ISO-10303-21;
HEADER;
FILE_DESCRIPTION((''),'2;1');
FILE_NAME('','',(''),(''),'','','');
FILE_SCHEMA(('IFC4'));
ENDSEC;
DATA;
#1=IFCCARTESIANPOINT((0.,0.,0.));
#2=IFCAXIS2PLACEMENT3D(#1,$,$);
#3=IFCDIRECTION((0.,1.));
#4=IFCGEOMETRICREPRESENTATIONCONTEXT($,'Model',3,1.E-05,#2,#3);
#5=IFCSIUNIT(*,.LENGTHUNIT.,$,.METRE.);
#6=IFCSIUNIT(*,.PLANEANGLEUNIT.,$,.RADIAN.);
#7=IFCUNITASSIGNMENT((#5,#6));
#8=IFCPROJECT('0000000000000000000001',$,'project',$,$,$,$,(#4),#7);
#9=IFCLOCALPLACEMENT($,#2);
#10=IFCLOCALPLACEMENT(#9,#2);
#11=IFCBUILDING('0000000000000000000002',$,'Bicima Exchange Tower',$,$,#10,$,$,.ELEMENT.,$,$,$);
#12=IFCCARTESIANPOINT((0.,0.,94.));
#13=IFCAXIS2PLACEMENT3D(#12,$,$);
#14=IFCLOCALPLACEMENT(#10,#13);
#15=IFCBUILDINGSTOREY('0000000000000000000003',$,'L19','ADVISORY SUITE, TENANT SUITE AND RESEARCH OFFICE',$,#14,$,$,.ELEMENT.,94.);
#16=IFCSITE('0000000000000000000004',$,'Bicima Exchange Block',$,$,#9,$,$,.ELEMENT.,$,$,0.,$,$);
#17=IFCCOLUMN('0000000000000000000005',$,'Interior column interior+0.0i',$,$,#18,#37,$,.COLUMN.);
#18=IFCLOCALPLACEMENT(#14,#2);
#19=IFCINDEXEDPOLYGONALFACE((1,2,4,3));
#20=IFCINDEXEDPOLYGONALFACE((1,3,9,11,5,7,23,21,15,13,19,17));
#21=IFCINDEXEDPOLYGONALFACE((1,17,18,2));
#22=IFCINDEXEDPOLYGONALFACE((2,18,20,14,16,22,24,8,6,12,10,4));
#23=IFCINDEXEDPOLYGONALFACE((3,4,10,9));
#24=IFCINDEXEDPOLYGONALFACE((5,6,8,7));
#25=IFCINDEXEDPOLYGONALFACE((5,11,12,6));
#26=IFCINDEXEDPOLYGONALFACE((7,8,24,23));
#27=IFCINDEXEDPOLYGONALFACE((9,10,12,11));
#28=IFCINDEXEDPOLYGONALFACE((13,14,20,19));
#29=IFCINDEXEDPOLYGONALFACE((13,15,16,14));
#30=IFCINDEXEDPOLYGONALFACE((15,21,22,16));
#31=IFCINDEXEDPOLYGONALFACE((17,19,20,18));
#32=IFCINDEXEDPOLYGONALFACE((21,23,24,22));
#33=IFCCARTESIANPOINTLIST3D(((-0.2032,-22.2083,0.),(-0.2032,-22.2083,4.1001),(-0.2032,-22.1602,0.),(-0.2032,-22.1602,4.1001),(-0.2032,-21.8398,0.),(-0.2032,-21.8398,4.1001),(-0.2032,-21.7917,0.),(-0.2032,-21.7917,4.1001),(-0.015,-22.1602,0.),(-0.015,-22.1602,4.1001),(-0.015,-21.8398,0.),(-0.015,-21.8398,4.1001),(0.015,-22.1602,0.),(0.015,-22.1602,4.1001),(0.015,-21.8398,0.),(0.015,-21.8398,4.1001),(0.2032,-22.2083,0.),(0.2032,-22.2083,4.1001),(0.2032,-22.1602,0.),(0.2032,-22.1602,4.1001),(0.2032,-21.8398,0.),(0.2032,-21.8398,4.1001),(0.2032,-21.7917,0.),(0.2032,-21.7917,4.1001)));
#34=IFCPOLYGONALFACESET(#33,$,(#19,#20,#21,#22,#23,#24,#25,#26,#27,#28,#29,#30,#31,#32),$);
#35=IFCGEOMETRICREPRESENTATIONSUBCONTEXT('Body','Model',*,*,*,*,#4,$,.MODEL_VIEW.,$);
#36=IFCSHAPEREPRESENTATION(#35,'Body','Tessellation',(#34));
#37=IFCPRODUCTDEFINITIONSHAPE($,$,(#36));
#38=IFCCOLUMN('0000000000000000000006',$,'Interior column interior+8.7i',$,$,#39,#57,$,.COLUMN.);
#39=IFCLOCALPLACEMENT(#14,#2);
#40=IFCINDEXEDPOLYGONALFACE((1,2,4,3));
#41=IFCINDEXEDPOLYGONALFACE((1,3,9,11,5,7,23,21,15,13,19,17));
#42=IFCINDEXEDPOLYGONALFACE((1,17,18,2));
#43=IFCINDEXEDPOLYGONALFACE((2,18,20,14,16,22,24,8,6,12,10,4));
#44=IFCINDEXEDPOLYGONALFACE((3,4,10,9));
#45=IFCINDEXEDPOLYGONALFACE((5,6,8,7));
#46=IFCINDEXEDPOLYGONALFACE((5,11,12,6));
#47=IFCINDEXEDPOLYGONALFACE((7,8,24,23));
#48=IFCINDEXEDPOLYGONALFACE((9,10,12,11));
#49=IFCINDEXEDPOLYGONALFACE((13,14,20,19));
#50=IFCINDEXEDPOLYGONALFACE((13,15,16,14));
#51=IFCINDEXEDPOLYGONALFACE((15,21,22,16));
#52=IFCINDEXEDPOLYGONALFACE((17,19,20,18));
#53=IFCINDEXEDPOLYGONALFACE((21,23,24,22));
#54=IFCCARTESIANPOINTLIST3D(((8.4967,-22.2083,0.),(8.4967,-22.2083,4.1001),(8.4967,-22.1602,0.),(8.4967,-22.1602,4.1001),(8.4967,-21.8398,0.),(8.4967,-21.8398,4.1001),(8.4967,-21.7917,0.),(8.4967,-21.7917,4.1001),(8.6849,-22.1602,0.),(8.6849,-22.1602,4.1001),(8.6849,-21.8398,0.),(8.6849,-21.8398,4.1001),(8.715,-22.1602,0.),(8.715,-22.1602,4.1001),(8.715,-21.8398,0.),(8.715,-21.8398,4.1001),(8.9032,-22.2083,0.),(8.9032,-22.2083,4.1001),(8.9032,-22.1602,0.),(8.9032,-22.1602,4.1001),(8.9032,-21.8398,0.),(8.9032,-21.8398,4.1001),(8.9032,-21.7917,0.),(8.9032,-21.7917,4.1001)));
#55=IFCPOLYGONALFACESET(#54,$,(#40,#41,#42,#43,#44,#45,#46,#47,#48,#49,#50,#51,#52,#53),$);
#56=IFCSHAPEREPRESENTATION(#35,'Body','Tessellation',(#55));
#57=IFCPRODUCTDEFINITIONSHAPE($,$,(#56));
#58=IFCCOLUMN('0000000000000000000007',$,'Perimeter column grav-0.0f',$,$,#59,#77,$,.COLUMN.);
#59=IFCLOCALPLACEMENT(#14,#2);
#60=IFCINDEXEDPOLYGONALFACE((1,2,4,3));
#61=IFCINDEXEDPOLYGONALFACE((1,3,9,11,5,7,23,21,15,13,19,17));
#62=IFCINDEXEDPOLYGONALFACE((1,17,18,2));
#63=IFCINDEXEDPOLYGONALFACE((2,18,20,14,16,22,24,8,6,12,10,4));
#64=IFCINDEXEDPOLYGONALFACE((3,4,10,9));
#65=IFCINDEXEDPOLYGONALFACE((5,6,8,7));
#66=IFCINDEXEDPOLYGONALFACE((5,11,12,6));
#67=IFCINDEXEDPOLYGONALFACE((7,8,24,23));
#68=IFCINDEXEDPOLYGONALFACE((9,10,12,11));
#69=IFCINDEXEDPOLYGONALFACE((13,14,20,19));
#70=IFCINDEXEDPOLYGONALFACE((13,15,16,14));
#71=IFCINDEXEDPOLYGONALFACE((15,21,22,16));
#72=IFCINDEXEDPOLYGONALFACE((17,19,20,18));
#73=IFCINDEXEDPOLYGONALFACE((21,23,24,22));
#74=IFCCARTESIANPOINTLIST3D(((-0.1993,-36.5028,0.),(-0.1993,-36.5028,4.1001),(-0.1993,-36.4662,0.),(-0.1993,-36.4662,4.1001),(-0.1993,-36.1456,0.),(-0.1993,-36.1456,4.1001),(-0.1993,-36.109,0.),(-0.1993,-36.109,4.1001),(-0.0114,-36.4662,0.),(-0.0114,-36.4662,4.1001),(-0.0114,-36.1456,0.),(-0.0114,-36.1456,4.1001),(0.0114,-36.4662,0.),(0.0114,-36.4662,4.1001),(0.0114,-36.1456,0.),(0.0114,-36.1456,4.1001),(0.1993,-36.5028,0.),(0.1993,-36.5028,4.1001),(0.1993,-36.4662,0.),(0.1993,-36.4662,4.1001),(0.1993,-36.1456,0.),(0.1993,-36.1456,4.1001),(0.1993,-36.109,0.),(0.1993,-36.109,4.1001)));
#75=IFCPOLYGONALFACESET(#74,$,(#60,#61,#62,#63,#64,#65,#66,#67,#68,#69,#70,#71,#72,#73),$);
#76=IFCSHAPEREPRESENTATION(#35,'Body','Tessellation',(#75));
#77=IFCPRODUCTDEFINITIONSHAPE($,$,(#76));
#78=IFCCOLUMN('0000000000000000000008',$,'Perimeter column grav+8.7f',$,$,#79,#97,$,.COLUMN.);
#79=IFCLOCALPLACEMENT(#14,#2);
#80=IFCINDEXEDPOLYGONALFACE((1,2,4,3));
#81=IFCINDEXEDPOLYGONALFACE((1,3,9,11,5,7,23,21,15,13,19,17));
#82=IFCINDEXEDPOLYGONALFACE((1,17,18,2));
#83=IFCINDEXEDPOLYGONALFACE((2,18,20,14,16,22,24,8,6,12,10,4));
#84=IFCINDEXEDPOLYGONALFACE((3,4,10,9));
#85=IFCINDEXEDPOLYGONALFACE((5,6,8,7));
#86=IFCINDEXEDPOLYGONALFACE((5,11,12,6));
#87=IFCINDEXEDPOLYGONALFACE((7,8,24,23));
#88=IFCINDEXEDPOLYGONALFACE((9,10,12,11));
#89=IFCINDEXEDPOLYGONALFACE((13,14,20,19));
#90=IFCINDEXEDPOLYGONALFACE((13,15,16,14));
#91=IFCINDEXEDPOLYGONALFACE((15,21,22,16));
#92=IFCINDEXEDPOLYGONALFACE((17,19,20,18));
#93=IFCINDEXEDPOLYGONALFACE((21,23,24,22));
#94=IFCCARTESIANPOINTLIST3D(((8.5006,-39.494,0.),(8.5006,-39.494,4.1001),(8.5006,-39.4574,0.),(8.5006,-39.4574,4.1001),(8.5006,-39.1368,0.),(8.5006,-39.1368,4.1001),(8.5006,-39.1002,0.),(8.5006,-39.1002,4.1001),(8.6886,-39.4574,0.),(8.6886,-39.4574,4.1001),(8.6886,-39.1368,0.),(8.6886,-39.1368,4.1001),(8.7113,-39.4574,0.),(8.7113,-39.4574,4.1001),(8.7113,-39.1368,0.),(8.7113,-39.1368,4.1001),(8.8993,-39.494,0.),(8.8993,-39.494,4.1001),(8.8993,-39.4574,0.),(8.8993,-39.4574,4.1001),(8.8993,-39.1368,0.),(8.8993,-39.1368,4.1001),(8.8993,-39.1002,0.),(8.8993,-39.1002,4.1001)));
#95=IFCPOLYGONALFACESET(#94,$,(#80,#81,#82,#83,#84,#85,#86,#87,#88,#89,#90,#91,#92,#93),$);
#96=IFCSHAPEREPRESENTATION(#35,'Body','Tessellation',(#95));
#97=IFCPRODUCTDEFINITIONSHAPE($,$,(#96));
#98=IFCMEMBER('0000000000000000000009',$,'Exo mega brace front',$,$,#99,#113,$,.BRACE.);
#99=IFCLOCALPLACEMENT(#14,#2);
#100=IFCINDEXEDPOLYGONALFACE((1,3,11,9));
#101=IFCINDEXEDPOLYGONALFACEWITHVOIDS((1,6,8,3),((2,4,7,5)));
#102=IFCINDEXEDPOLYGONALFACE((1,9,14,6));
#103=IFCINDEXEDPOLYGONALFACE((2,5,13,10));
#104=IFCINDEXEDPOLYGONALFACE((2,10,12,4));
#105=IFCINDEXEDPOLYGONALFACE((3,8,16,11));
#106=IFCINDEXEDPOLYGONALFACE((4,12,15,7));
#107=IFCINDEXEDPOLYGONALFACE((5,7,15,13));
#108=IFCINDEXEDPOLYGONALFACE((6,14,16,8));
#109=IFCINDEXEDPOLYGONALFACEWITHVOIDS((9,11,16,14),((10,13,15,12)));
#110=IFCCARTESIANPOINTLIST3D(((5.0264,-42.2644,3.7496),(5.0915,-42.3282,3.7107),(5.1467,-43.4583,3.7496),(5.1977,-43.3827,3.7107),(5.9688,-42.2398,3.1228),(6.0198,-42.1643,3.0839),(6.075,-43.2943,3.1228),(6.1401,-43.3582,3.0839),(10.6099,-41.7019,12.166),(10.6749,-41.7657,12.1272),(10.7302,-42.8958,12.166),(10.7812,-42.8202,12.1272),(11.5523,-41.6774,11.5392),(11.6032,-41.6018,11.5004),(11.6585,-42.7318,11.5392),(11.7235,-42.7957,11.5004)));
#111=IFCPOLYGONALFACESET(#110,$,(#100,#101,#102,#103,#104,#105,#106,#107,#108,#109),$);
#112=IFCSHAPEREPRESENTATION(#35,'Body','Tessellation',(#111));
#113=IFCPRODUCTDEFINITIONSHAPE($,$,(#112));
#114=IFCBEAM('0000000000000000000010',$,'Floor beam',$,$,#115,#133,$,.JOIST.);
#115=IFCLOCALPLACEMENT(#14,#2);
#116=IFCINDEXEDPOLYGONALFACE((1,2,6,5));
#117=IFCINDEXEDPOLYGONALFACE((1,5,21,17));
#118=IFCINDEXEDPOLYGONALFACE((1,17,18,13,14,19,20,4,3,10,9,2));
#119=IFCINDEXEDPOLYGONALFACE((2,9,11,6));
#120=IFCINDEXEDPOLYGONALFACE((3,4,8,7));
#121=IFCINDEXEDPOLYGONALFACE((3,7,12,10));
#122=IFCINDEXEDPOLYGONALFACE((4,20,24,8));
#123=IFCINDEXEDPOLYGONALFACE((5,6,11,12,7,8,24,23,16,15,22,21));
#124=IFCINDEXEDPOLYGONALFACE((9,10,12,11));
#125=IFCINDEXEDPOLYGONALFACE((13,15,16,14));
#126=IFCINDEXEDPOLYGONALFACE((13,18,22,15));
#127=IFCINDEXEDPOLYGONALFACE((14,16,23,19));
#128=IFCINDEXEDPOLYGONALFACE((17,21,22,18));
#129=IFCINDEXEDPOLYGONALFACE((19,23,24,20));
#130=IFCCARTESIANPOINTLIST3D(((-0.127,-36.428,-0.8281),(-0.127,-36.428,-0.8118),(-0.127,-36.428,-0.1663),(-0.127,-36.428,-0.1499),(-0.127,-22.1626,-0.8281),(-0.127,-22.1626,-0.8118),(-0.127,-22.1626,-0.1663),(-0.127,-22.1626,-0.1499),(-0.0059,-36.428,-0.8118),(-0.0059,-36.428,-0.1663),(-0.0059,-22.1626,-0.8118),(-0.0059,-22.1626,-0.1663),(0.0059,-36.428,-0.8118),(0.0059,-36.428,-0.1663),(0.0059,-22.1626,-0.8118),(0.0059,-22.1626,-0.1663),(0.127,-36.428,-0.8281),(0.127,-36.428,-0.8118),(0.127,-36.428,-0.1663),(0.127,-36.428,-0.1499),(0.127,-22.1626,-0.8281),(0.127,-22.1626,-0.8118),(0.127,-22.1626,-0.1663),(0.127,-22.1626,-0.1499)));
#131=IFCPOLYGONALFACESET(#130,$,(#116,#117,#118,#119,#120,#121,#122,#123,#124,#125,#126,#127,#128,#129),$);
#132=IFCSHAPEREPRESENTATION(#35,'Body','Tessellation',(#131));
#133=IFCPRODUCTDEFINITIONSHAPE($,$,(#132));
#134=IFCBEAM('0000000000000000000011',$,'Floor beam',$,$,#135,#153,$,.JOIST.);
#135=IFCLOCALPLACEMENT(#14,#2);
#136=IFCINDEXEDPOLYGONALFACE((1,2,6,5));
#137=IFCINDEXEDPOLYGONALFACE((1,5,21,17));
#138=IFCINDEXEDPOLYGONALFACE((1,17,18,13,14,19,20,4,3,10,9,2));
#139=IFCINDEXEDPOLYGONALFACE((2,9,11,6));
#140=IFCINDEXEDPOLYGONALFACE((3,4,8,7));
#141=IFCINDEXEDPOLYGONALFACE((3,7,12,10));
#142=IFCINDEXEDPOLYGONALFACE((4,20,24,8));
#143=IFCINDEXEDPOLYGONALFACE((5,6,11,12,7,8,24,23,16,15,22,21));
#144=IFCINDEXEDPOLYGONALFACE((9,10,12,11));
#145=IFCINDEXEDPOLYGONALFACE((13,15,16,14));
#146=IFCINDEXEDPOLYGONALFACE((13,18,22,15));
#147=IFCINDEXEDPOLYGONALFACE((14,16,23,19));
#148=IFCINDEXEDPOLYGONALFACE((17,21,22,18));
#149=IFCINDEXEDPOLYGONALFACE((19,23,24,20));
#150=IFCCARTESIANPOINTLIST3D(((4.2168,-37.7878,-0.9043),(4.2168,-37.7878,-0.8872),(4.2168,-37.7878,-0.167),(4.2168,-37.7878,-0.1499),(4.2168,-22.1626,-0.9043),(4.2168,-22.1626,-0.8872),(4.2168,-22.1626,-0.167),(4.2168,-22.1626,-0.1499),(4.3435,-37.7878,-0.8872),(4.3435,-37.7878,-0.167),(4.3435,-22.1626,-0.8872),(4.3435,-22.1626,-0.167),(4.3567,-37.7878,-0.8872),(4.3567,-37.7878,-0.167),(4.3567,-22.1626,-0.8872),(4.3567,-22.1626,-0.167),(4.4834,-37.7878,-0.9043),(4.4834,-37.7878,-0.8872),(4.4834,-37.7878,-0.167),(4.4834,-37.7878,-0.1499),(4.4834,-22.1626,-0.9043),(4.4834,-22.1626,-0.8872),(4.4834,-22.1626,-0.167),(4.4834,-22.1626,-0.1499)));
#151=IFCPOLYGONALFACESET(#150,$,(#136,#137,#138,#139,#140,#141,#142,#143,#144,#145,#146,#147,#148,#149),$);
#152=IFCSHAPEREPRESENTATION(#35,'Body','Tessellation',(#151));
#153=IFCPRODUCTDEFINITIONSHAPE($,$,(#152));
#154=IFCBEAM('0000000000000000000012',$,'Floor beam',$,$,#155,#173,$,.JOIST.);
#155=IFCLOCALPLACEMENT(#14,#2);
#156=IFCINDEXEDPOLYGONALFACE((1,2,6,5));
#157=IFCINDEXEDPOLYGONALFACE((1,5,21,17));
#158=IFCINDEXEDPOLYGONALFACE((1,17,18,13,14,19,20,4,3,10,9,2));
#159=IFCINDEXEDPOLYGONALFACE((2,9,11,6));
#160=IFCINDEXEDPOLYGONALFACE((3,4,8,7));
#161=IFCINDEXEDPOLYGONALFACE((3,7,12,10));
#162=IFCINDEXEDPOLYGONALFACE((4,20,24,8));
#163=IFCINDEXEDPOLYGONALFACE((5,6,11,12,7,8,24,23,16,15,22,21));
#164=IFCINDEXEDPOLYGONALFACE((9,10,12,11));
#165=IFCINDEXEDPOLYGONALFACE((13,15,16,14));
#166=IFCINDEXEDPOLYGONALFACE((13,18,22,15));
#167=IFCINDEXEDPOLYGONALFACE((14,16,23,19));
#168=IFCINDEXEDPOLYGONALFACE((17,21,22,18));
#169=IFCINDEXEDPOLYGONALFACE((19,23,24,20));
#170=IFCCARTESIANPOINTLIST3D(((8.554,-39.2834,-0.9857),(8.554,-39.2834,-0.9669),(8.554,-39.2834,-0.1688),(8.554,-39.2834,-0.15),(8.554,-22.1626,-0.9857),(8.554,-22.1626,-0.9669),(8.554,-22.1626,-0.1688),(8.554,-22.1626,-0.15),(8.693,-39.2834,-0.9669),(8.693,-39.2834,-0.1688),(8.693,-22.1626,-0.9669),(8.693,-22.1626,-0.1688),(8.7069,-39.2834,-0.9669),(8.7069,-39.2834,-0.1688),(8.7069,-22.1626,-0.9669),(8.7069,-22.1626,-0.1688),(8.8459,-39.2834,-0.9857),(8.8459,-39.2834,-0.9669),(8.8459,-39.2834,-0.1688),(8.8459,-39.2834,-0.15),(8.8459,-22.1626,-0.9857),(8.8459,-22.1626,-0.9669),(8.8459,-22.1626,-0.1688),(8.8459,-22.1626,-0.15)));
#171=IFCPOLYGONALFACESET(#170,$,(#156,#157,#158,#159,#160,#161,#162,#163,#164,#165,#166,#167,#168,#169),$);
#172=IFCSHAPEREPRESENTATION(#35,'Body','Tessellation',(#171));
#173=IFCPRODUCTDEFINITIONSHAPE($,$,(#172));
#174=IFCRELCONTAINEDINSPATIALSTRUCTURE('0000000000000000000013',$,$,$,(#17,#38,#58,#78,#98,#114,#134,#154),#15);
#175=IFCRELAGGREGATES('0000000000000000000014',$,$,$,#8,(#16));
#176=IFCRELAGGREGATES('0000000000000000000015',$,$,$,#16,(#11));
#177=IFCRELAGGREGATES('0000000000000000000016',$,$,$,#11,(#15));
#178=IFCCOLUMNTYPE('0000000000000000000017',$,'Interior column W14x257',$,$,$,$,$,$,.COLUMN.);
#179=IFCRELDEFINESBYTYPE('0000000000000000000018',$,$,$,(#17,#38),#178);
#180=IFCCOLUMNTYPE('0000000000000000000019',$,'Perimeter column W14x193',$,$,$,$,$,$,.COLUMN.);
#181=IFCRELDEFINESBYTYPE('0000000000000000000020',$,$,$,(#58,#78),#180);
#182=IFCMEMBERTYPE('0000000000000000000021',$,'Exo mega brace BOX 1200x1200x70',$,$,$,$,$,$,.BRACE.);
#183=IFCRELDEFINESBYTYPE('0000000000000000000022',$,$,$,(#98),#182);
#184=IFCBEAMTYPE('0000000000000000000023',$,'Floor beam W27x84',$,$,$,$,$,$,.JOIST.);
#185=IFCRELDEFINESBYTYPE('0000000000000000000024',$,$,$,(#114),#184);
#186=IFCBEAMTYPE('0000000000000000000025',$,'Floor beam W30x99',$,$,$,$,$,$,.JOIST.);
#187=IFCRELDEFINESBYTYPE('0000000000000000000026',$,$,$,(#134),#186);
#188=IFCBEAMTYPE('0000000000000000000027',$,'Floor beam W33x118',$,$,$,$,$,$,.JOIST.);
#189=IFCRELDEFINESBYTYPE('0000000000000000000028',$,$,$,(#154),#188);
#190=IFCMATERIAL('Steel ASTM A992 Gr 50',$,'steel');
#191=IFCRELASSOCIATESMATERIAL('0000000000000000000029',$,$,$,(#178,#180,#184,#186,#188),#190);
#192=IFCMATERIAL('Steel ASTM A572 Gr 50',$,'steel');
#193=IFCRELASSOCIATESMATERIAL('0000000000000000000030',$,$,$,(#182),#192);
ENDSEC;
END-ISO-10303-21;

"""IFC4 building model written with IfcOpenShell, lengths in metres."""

from ifc_helpers import new_model, si_unit, direction, frame, origin, origin_2d, place, context, subcontext, project, spatial, hollow_rectangle, i_section, extrude, material, material_profile, profile_set, type_object, element, save


model = new_model("IFC4")

# Units and contexts
model_context = context("Model", 3, precision=1e-05, world=origin(), true_north=direction((0.0, 1.0)))
body_context = subcontext(model_context, "Body", "Model", "MODEL_VIEW")
ifc_project = project(units=[si_unit("LENGTHUNIT", "METRE"), si_unit("PLANEANGLEUNIT", "RADIAN")], contexts=[model_context])

# Site, building, storey
site_placement = place(None, origin())
site = spatial("IfcSite", under=ifc_project, at=site_placement, Name="Bicima Exchange Block", CompositionType="ELEMENT", RefElevation=0.0)
building_placement = place(site_placement, origin())
building = spatial("IfcBuilding", under=site, at=building_placement, Name="Bicima Exchange Tower", CompositionType="ELEMENT")
storey_placement = place(building_placement, frame((0.0, 0.0, 94.0)))
storey = spatial("IfcBuildingStorey", under=building, at=storey_placement, Name="L19", Description="ADVISORY SUITE, TENANT SUITE AND RESEARCH OFFICE", CompositionType="ELEMENT", Elevation=94.0)

# Columns
ifc_material_1 = material(Name="Steel ASTM A992 Gr 50", Category="steel")
ifc_material_profile_1 = material_profile(ifc_material_1, i_section(OverallWidth=0.4065, OverallDepth=0.4165, WebThickness=0.03, FlangeThickness=0.0481, at=origin_2d()))
ifc_profile_set_1 = profile_set([ifc_material_profile_1], Name="Steel ASTM A992 Gr 50")
column_type_1 = type_object("IfcColumnType", Name="Interior column W14x257", PredefinedType="COLUMN", material=ifc_profile_set_1)
for number, where, z_axis, x_axis, name in (
    (1, (0.0, -22.0, 0.0), (0.0, 0.0, 1.0), (1.0, 0.0, 0.0), "Interior column interior+0.0i"),
    (2, (8.7, -22.0, 0.0), (0.0, 0.0, 1.0), (1.0, 0.0, 0.0), "Interior column interior+8.7i"),
):
    element("IfcColumn", number, at=place(storey_placement, frame(where, z_axis=z_axis, x_axis=x_axis)), inside=storey, type_object=column_type_1, Name=name, PredefinedType="COLUMN", context=body_context, shape_type="SweptSolid", body=[
        extrude(i_section(OverallWidth=0.4065, OverallDepth=0.4165, WebThickness=0.03, FlangeThickness=0.0481, at=origin_2d()), origin(), (0.0, 0.0, 1.0), 4.1001),
    ])
ifc_material_profile_2 = material_profile(ifc_material_1, i_section(OverallWidth=0.3987, OverallDepth=0.3938, WebThickness=0.0227, FlangeThickness=0.0366, at=origin_2d()))
ifc_profile_set_2 = profile_set([ifc_material_profile_2], Name="Steel ASTM A992 Gr 50")
column_type_2 = type_object("IfcColumnType", Name="Perimeter column W14x193", PredefinedType="COLUMN", material=ifc_profile_set_2)
for number, where, z_axis, x_axis, name in (
    (3, (0.0, -36.3059, 0.0), (0.0, 0.0, 1.0), (1.0, 0.0, 0.0), "Perimeter column grav-0.0f"),
    (4, (8.7, -39.2971, 0.0), (0.0, 0.0, 1.0), (1.0, 0.0, 0.0), "Perimeter column grav+8.7f"),
):
    element("IfcColumn", number, at=place(storey_placement, frame(where, z_axis=z_axis, x_axis=x_axis)), inside=storey, type_object=column_type_2, Name=name, PredefinedType="COLUMN", context=body_context, shape_type="SweptSolid", body=[
        extrude(i_section(OverallWidth=0.3987, OverallDepth=0.3938, WebThickness=0.0227, FlangeThickness=0.0366, at=origin_2d()), origin(), (0.0, 0.0, 1.0), 4.1001),
    ])

# Member
ifc_material_2 = material(Name="Steel ASTM A572 Gr 50", Category="steel")
ifc_material_profile_3 = material_profile(ifc_material_2, hollow_rectangle(XDim=1.2, YDim=1.2, WallThickness=0.0701, at=origin_2d()))
ifc_profile_set_3 = profile_set([ifc_material_profile_3], Name="Steel ASTM A572 Gr 50")
member_type_1 = type_object("IfcMemberType", Name="Exo mega brace BOX 1200x1200x70", PredefinedType="BRACE", material=ifc_profile_set_3)
member_1_placement = place(storey_placement, frame((5.5833, -42.8113, 3.4167), z_axis=(0.551958, 0.055606, 0.832016), x_axis=(-0.100236, 0.994964, 0.0)))
element("IfcMember", 5, at=member_1_placement, inside=storey, type_object=member_type_1, Name="Exo mega brace front", PredefinedType="BRACE", context=body_context, shape_type="SweptSolid", body=[
    extrude(hollow_rectangle(XDim=1.2, YDim=1.2, WallThickness=0.0701, at=origin_2d()), origin(), (0.0, 0.0, 1.0), 10.1157),
])

# Beams
ifc_material_profile_4 = material_profile(ifc_material_1, i_section(OverallWidth=0.2539, OverallDepth=0.6782, WebThickness=0.0117, FlangeThickness=0.0164, at=origin_2d()))
ifc_profile_set_4 = profile_set([ifc_material_profile_4], Name="Steel ASTM A992 Gr 50")
beam_type_1 = type_object("IfcBeamType", Name="Floor beam W27x84", PredefinedType="JOIST", material=ifc_profile_set_4)
beam_1_placement = place(storey_placement, frame((0.0, -22.1626, -0.489), z_axis=(0.0, -1.0, 0.0), x_axis=(1.0, 0.0, 0.0)))
element("IfcBeam", 6, at=beam_1_placement, inside=storey, type_object=beam_type_1, Name="Floor beam", PredefinedType="JOIST", context=body_context, shape_type="SweptSolid", body=[
    extrude(i_section(OverallWidth=0.2539, OverallDepth=0.6782, WebThickness=0.0117, FlangeThickness=0.0164, at=origin_2d()), origin(), (0.0, 0.0, 1.0), 14.2654),
])
ifc_material_profile_5 = material_profile(ifc_material_1, i_section(OverallWidth=0.2666, OverallDepth=0.7544, WebThickness=0.0132, FlangeThickness=0.0171, at=origin_2d()))
ifc_profile_set_5 = profile_set([ifc_material_profile_5], Name="Steel ASTM A992 Gr 50")
beam_type_2 = type_object("IfcBeamType", Name="Floor beam W30x99", PredefinedType="JOIST", material=ifc_profile_set_5)
beam_2_placement = place(storey_placement, frame((4.3501, -22.1626, -0.5271), z_axis=(0.0, -1.0, 0.0), x_axis=(1.0, 0.0, 0.0)))
element("IfcBeam", 7, at=beam_2_placement, inside=storey, type_object=beam_type_2, Name="Floor beam", PredefinedType="JOIST", context=body_context, shape_type="SweptSolid", body=[
    extrude(i_section(OverallWidth=0.2666, OverallDepth=0.7544, WebThickness=0.0132, FlangeThickness=0.0171, at=origin_2d()), origin(), (0.0, 0.0, 1.0), 15.6252),
])
ifc_material_profile_6 = material_profile(ifc_material_1, i_section(OverallWidth=0.292, OverallDepth=0.8357, WebThickness=0.0139, FlangeThickness=0.0188, at=origin_2d()))
ifc_profile_set_6 = profile_set([ifc_material_profile_6], Name="Steel ASTM A992 Gr 50")
beam_type_3 = type_object("IfcBeamType", Name="Floor beam W33x118", PredefinedType="JOIST", material=ifc_profile_set_6)
beam_3_placement = place(storey_placement, frame((8.7, -22.1626, -0.5679), z_axis=(0.0, -1.0, 0.0), x_axis=(1.0, 0.0, 0.0)))
element("IfcBeam", 8, at=beam_3_placement, inside=storey, type_object=beam_type_3, Name="Floor beam", PredefinedType="JOIST", context=body_context, shape_type="SweptSolid", body=[
    extrude(i_section(OverallWidth=0.292, OverallDepth=0.8357, WebThickness=0.0139, FlangeThickness=0.0188, at=origin_2d()), origin(), (0.0, 0.0, 1.0), 17.1208),
])

save(model, "model.ifc")
